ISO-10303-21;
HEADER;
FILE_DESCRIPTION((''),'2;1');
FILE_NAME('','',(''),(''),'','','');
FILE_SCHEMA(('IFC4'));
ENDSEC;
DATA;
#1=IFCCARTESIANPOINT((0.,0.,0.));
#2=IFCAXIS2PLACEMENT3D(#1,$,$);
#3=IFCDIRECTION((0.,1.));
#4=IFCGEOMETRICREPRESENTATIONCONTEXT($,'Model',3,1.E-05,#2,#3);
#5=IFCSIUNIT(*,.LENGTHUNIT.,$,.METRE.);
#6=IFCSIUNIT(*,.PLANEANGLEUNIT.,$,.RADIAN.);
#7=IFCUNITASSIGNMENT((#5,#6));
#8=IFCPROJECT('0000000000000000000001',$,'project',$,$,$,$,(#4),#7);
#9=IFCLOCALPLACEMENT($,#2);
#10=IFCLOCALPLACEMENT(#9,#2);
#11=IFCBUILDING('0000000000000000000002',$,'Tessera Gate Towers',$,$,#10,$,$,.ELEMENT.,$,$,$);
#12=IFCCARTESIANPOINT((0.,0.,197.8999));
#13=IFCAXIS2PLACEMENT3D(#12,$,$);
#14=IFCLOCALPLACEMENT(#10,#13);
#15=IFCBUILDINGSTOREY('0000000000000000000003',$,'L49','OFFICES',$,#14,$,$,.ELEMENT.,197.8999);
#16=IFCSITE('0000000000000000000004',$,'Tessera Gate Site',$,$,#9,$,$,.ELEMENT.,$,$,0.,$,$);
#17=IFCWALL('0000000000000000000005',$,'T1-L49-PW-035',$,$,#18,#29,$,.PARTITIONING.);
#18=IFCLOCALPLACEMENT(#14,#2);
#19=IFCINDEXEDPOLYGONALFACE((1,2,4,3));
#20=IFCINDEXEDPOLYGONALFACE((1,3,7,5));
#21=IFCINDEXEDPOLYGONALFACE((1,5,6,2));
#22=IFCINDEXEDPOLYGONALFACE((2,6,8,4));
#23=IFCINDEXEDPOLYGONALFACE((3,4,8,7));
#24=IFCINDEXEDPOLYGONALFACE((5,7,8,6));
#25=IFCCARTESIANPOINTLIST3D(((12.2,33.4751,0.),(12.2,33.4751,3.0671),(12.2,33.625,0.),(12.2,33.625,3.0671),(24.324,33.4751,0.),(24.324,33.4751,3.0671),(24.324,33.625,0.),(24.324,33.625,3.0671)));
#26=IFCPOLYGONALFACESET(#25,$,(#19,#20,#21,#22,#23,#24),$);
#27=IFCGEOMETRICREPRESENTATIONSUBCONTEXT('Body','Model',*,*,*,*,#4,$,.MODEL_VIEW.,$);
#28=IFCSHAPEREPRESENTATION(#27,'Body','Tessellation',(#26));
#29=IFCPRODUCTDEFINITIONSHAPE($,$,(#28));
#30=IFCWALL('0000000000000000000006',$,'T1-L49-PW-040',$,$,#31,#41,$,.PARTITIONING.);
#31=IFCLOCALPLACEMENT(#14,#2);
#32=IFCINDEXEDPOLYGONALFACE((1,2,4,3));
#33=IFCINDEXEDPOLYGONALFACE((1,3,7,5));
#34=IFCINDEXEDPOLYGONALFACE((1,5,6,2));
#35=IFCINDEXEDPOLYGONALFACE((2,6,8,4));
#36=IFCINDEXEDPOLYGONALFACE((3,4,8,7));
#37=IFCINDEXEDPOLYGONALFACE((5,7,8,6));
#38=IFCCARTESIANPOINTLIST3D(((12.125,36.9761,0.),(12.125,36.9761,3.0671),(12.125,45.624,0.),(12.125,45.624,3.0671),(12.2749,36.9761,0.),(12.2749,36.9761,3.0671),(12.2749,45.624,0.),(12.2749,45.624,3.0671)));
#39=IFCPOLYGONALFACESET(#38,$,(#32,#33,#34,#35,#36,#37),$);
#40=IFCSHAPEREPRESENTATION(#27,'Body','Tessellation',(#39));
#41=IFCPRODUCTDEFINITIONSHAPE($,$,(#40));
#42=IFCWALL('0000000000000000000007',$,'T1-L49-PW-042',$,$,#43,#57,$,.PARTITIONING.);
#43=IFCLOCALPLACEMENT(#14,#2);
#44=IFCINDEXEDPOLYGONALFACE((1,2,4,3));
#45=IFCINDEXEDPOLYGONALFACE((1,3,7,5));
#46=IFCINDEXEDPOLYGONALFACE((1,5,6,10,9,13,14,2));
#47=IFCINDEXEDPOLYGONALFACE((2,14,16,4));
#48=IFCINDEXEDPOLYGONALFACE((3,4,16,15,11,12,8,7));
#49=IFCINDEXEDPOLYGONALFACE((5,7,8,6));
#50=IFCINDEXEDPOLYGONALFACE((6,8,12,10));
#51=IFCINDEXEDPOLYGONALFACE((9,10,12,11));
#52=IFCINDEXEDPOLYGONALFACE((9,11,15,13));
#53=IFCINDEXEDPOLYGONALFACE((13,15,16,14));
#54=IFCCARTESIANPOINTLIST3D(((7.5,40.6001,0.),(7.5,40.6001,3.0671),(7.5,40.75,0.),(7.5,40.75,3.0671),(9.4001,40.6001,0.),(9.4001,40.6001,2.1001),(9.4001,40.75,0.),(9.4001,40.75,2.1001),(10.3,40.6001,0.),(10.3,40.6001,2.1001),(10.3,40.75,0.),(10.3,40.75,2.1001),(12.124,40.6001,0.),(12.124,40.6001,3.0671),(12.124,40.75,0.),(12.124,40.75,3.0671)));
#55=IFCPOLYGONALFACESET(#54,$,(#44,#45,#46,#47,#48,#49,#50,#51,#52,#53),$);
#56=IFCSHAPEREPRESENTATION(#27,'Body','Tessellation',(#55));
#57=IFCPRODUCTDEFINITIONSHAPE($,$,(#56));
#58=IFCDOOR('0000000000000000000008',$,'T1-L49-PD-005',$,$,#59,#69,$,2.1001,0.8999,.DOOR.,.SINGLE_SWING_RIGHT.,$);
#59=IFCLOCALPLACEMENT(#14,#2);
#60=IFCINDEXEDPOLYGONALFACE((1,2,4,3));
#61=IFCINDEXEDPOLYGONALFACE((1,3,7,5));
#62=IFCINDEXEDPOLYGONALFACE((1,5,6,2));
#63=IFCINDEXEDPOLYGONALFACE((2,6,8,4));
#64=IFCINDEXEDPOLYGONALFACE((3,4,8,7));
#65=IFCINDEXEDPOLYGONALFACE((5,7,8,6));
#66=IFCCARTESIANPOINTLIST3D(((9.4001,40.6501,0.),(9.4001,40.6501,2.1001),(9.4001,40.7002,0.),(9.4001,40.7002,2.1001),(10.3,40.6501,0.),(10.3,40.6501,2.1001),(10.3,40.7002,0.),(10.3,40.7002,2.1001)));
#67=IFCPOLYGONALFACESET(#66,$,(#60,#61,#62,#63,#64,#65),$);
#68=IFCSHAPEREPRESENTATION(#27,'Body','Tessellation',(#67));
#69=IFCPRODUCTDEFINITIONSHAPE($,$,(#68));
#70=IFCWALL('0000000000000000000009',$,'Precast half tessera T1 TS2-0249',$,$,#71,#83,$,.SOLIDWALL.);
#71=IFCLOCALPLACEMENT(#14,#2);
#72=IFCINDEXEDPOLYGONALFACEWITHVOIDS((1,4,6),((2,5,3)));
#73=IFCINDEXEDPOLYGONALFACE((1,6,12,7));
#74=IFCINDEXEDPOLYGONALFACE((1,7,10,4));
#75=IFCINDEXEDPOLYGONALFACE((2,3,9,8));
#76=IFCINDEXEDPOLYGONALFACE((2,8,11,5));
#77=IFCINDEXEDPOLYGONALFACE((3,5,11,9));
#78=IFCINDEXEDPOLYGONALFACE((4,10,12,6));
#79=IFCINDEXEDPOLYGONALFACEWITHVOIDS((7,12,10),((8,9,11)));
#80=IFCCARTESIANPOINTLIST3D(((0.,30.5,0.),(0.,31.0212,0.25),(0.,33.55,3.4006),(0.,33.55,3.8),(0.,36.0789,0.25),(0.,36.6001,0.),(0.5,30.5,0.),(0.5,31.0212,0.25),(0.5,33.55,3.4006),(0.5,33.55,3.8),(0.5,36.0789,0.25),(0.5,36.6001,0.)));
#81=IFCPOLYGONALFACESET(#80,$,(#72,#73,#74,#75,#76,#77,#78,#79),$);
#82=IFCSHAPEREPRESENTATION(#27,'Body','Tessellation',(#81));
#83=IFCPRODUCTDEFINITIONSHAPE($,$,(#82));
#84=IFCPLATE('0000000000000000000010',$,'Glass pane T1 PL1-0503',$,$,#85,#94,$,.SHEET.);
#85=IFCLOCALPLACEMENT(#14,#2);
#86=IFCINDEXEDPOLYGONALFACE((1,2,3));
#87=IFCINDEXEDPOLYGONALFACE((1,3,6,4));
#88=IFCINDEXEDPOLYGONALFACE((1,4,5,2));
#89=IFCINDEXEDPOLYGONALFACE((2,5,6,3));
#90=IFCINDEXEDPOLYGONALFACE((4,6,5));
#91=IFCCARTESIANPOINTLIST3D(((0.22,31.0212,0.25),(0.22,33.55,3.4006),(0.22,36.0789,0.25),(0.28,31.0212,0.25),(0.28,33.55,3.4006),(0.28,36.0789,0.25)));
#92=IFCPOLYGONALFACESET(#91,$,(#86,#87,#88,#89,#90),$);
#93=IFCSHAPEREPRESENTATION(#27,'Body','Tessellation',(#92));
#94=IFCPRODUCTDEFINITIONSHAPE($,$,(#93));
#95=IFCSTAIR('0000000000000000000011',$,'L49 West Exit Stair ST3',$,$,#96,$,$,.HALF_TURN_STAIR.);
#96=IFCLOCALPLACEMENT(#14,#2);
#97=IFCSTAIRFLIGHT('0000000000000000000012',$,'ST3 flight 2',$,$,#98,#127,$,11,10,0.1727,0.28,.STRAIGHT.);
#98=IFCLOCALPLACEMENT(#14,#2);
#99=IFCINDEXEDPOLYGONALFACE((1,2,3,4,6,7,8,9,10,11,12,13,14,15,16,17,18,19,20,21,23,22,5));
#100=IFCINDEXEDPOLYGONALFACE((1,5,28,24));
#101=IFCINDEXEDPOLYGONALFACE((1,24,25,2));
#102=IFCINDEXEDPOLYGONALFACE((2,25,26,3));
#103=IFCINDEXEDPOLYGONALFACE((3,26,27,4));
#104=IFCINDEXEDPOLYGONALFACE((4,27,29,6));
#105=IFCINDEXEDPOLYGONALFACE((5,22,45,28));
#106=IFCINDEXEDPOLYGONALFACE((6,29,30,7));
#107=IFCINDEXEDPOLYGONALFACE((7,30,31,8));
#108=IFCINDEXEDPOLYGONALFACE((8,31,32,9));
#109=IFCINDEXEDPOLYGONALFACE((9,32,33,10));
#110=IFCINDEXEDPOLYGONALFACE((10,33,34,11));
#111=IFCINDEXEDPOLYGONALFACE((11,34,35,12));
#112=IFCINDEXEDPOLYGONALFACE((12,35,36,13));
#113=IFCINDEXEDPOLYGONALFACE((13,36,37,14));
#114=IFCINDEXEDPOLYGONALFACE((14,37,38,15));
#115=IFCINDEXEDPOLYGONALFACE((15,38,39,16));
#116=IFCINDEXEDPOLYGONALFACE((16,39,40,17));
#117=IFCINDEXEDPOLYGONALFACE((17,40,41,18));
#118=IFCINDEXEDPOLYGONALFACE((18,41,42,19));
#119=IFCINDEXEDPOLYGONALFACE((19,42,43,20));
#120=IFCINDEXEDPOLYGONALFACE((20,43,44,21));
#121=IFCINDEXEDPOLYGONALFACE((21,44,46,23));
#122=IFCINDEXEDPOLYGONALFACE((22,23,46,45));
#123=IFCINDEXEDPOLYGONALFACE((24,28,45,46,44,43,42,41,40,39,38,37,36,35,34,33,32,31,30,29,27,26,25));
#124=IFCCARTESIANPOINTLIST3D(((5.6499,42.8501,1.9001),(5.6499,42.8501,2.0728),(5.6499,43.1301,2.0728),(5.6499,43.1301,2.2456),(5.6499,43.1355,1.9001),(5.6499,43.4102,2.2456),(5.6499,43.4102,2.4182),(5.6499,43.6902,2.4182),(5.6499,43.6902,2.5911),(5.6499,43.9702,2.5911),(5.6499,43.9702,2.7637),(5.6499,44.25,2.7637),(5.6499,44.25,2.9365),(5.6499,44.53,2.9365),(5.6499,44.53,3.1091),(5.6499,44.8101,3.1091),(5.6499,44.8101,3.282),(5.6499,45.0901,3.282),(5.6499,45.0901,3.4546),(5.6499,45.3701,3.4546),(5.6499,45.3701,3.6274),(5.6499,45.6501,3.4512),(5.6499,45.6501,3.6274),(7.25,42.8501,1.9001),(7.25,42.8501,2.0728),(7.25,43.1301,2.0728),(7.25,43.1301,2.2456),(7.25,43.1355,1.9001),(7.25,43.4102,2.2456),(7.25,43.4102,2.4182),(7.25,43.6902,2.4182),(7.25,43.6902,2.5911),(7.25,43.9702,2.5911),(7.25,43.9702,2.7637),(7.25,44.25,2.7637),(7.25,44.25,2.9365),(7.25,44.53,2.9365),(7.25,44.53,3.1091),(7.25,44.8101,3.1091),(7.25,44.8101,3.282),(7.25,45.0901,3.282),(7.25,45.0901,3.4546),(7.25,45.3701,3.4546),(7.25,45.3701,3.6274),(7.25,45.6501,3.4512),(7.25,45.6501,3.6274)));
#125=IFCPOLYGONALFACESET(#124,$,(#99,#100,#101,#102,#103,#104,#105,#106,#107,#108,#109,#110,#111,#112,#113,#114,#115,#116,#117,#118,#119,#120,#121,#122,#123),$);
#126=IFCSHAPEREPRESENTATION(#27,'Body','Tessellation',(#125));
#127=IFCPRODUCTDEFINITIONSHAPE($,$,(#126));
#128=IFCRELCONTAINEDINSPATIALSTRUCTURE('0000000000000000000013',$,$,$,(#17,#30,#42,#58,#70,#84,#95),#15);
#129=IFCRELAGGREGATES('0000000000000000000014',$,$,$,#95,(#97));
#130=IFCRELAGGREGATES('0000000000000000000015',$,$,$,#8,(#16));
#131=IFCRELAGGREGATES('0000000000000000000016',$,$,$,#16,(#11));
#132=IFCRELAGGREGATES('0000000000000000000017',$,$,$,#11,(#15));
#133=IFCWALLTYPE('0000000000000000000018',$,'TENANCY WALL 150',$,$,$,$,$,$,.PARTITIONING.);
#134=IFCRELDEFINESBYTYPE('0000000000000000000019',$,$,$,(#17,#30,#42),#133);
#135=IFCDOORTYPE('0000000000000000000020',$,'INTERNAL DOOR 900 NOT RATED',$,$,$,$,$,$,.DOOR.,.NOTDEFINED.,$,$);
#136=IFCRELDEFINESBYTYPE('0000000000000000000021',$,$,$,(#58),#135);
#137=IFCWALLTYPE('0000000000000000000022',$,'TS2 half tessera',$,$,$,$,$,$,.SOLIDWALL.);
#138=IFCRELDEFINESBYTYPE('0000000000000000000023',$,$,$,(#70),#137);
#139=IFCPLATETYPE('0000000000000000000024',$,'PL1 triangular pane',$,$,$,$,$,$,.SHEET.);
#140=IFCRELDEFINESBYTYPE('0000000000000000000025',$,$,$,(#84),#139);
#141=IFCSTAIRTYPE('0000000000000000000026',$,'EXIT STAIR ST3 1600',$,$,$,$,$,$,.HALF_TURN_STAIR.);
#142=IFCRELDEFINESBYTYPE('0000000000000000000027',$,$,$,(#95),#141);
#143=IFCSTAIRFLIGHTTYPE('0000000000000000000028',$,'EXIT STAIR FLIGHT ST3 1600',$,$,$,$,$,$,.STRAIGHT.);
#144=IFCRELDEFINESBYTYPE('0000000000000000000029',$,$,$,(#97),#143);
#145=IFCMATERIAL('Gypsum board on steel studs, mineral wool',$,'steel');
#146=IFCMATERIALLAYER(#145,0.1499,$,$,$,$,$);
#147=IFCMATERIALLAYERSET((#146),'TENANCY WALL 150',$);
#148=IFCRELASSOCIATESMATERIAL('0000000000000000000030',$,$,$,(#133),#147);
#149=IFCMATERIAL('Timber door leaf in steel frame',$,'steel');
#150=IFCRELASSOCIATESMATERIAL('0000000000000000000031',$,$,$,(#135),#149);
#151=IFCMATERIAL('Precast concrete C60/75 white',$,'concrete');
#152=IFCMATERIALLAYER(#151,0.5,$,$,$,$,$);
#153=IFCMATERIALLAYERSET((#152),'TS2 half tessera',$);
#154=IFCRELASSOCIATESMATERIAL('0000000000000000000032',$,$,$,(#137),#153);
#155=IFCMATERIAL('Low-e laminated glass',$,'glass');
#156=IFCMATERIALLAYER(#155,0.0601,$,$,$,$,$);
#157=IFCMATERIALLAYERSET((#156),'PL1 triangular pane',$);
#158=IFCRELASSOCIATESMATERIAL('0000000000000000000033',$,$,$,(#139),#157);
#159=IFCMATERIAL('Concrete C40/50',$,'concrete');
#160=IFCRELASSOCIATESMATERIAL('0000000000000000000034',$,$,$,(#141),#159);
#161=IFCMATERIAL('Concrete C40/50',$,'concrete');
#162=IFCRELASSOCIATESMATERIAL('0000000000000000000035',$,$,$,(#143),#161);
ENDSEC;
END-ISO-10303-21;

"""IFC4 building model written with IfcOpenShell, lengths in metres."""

from ifc_helpers import new_model, si_unit, direction, frame, frame_2d, origin, place, context, subcontext, project, spatial, polyline, rectangle, outline, extrude, source, transform, mapped, material, layer, layer_set, type_object, element, fill, aggregate, save


model = new_model("IFC4")

# Units and contexts
model_context = context("Model", 3, precision=1e-05, world=origin(), true_north=direction((0.0, 1.0)))
body_context = subcontext(model_context, "Body", "Model", "MODEL_VIEW")
ifc_project = project(units=[si_unit("LENGTHUNIT", "METRE"), si_unit("PLANEANGLEUNIT", "RADIAN")], contexts=[model_context])

# Site, building, storey
site_placement = place(None, origin())
site = spatial("IfcSite", under=ifc_project, at=site_placement, Name="Tessera Gate Site", CompositionType="ELEMENT", RefElevation=0.0)
building_placement = place(site_placement, origin())
building = spatial("IfcBuilding", under=site, at=building_placement, Name="Tessera Gate Towers", CompositionType="ELEMENT")
storey_placement = place(building_placement, frame((0.0, 0.0, 197.8999)))
storey = spatial("IfcBuildingStorey", under=building, at=storey_placement, Name="L49", Description="OFFICES", CompositionType="ELEMENT", Elevation=197.8999)

# Walls
ifc_material_1 = material(Name="Gypsum board on steel studs, mineral wool", Category="steel")
ifc_layer_1 = layer(ifc_material_1, 0.1499)
ifc_layer_set_1 = layer_set([ifc_layer_1], Name="TENANCY WALL 150")
wall_type_1 = type_object("IfcWallType", Name="TENANCY WALL 150", PredefinedType="PARTITIONING", material=ifc_layer_set_1)
wall_1_placement = place(storey_placement, frame((12.2, 33.55, 0.0), z_axis=(0.0, 0.0, 1.0), x_axis=(1.0, 0.0, 0.0)))
element("IfcWall", 1, at=wall_1_placement, inside=storey, type_object=wall_type_1, Name="T1-L49-PW-035", PredefinedType="PARTITIONING", context=body_context, shape_type="SweptSolid", body=[
    extrude(rectangle(XDim=12.124, YDim=0.1499, at=frame_2d((6.062, 0.0))), origin(), (0.0, 0.0, 1.0), 3.0671),
])
wall_2_placement = place(storey_placement, frame((12.2, 36.9761, 0.0), z_axis=(0.0, 0.0, 1.0), x_axis=(0.0, 1.0, 0.0)))
element("IfcWall", 2, at=wall_2_placement, inside=storey, type_object=wall_type_1, Name="T1-L49-PW-040", PredefinedType="PARTITIONING", context=body_context, shape_type="SweptSolid", body=[
    extrude(rectangle(XDim=8.6479, YDim=0.1499, at=frame_2d((4.324, 0.0))), origin(), (0.0, 0.0, 1.0), 3.0671),
])

# Wall, opening, door
wall_3_placement = place(storey_placement, frame((12.124, 40.675, 0.0), z_axis=(0.0, 0.0, 1.0), x_axis=(-1.0, 0.0, 0.0)))
wall_3 = element("IfcWall", 3, at=wall_3_placement, inside=storey, type_object=wall_type_1, Name="T1-L49-PW-042", PredefinedType="PARTITIONING", context=body_context, shape_type="SweptSolid", body=[
    extrude(rectangle(XDim=4.624, YDim=0.1499, at=frame_2d((2.312, 0.0))), origin(), (0.0, 0.0, 1.0), 3.0671),
])
shared_shape_1 = source(origin(), body_context, "Body", "SweptSolid", [
    extrude(rectangle(XDim=0.8999, YDim=2.1001, at=frame_2d((0.45, 1.05))), frame((0.0, 0.085, 0.0), z_axis=(0.0, -1.0, 0.0), x_axis=(1.0, 0.0, 0.0)), (0.0, 0.0, 1.0), 0.1699),
])
opening_1_placement = place(wall_3_placement, frame((1.824, 0.0, 0.0)))
opening_1 = element("IfcOpeningElement", 4, at=opening_1_placement, cuts=wall_3, PredefinedType="OPENING", context=body_context, shape_type="MappedRepresentation", body=[
    mapped(shared_shape_1, transform((0.0, 0.0, 0.0), scale=1.0)),
])
ifc_material_2 = material(Name="Timber door leaf in steel frame", Category="steel")
door_type = type_object("IfcDoorType", Name="INTERNAL DOOR 900 NOT RATED", OperationType="NOTDEFINED", PredefinedType="DOOR", material=ifc_material_2)
shared_shape_2 = source(origin(), body_context, "Body", "SweptSolid", [
    extrude(rectangle(XDim=0.8999, YDim=2.1001, at=frame_2d((0.45, 1.05))), frame((0.0, 0.0249, 0.0), z_axis=(0.0, -1.0, 0.0), x_axis=(1.0, 0.0, 0.0)), (0.0, 0.0, 1.0), 0.05),
])
door_placement = place(opening_1_placement, origin())
door = element("IfcDoor", 5, at=door_placement, inside=storey, type_object=door_type, Name="T1-L49-PD-005", OperationType="SINGLE_SWING_RIGHT", OverallHeight=2.1001, OverallWidth=0.8999, PredefinedType="DOOR", context=body_context, shape_type="MappedRepresentation", body=[
    mapped(shared_shape_2, transform((0.0, 0.0, 0.0), scale=1.0)),
])
fill(opening_1, door)

# Wall, opening, plate
ifc_material_3 = material(Name="Precast concrete C60/75 white", Category="concrete")
ifc_layer_2 = layer(ifc_material_3, 0.5)
ifc_layer_set_2 = layer_set([ifc_layer_2], Name="TS2 half tessera")
wall_type_2 = type_object("IfcWallType", Name="TS2 half tessera", PredefinedType="SOLIDWALL", material=ifc_layer_set_2)
shared_shape_3 = source(origin(), body_context, "Body", "SweptSolid", [
    extrude(outline(polyline([(6.1001, 0.0), (3.05, 3.8), (0.0, 0.0), (6.1001, 0.0)])), frame((0.0, 0.25, 0.0), z_axis=(0.0, -1.0, 0.0), x_axis=(1.0, 0.0, 0.0)), (0.0, 0.0, 1.0), 0.5),
])
wall_4_placement = place(storey_placement, frame((0.25, 36.6001, 0.0), z_axis=(0.0, 0.0, 1.0), x_axis=(0.0, -1.0, 0.0)))
wall_4 = element("IfcWall", 6, at=wall_4_placement, inside=storey, type_object=wall_type_2, Name="Precast half tessera T1 TS2-0249", PredefinedType="SOLIDWALL", context=body_context, shape_type="MappedRepresentation", body=[
    mapped(shared_shape_3, transform((0.0, 0.0, 0.0), scale=1.0)),
])
shared_shape_4 = source(origin(), body_context, "Body", "SweptSolid", [
    extrude(outline(polyline([(5.5789, 0.25), (3.05, 3.4006), (0.5212, 0.25), (5.5789, 0.25)])), frame((0.0, 0.26, 0.0), z_axis=(0.0, -1.0, 0.0), x_axis=(1.0, 0.0, 0.0)), (0.0, 0.0, 1.0), 0.52),
])
opening_2_placement = place(wall_4_placement, origin())
opening_2 = element("IfcOpeningElement", 7, at=opening_2_placement, cuts=wall_4, PredefinedType="OPENING", context=body_context, shape_type="MappedRepresentation", body=[
    mapped(shared_shape_4, transform((0.0, 0.0, 0.0), scale=1.0)),
])
ifc_material_4 = material(Name="Low-e laminated glass", Category="glass")
ifc_layer_3 = layer(ifc_material_4, 0.0601)
ifc_layer_set_3 = layer_set([ifc_layer_3], Name="PL1 triangular pane")
plate_type = type_object("IfcPlateType", Name="PL1 triangular pane", PredefinedType="SHEET", material=ifc_layer_set_3)
shared_shape_5 = source(origin(), body_context, "Body", "SweptSolid", [
    extrude(outline(polyline([(5.5789, 0.25), (3.05, 3.4006), (0.5212, 0.25), (5.5789, 0.25)])), frame((0.0, 0.03, 0.0), z_axis=(0.0, -1.0, 0.0), x_axis=(1.0, 0.0, 0.0)), (0.0, 0.0, 1.0), 0.0601),
])
plate_placement = place(opening_2_placement, origin())
plate = element("IfcPlate", 8, at=plate_placement, inside=storey, type_object=plate_type, Name="Glass pane T1 PL1-0503", PredefinedType="SHEET", context=body_context, shape_type="MappedRepresentation", body=[
    mapped(shared_shape_5, transform((0.0, 0.0, 0.0), scale=1.0)),
])
fill(opening_2, plate)

# Stair, stair flight
ifc_material_5 = material(Name="Concrete C40/50", Category="concrete")
stair_type = type_object("IfcStairType", Name="EXIT STAIR ST3 1600", PredefinedType="HALF_TURN_STAIR", material=ifc_material_5)
stair_placement = place(storey_placement, origin())
stair = element("IfcStair", 9, at=stair_placement, inside=storey, type_object=stair_type, Name="L49 West Exit Stair ST3", PredefinedType="HALF_TURN_STAIR")
ifc_material_6 = material(Name="Concrete C40/50", Category="concrete")
stair_flight_type = type_object("IfcStairFlightType", Name="EXIT STAIR FLIGHT ST3 1600", PredefinedType="STRAIGHT", material=ifc_material_6)
stair_flight_placement = place(storey_placement, frame((6.45, 42.8501, 1.9001), z_axis=(0.0, 0.0, 1.0), x_axis=(0.0, 1.0, 0.0)))
stair_flight = element("IfcStairFlight", 10, at=stair_flight_placement, type_object=stair_flight_type, Name="ST3 flight 2", NumberOfRisers=11, NumberOfTreads=10, PredefinedType="STRAIGHT", RiserHeight=0.1727, TreadLength=0.28, context=body_context, shape_type="SweptSolid", body=[
    extrude(outline(polyline([(0.0, 0.0), (0.0, 0.1726), (0.28, 0.1726), (0.28, 0.3455), (0.5601, 0.3455), (0.5601, 0.5181), (0.8401, 0.5181), (0.8401, 0.6909), (1.1201, 0.6909), (1.1201, 0.8635), (1.3999, 0.8635), (1.3999, 1.0364), (1.6799, 1.0364), (1.6799, 1.209), (1.96, 1.209), (1.96, 1.3818), (2.24, 1.3818), (2.24, 1.5544), (2.52, 1.5544), (2.52, 1.7273), (2.8, 1.7273), (2.8, 1.8999), (2.8, 1.551), (0.2854, 0.0), (0.0, 0.0)])), frame((0.0, 0.8, 0.0), z_axis=(0.0, -1.0, 0.0), x_axis=(1.0, 0.0, 0.0)), (0.0, 0.0, 1.0), 1.6001),
])
aggregate(stair, [stair_flight])

save(model, "model.ifc")
